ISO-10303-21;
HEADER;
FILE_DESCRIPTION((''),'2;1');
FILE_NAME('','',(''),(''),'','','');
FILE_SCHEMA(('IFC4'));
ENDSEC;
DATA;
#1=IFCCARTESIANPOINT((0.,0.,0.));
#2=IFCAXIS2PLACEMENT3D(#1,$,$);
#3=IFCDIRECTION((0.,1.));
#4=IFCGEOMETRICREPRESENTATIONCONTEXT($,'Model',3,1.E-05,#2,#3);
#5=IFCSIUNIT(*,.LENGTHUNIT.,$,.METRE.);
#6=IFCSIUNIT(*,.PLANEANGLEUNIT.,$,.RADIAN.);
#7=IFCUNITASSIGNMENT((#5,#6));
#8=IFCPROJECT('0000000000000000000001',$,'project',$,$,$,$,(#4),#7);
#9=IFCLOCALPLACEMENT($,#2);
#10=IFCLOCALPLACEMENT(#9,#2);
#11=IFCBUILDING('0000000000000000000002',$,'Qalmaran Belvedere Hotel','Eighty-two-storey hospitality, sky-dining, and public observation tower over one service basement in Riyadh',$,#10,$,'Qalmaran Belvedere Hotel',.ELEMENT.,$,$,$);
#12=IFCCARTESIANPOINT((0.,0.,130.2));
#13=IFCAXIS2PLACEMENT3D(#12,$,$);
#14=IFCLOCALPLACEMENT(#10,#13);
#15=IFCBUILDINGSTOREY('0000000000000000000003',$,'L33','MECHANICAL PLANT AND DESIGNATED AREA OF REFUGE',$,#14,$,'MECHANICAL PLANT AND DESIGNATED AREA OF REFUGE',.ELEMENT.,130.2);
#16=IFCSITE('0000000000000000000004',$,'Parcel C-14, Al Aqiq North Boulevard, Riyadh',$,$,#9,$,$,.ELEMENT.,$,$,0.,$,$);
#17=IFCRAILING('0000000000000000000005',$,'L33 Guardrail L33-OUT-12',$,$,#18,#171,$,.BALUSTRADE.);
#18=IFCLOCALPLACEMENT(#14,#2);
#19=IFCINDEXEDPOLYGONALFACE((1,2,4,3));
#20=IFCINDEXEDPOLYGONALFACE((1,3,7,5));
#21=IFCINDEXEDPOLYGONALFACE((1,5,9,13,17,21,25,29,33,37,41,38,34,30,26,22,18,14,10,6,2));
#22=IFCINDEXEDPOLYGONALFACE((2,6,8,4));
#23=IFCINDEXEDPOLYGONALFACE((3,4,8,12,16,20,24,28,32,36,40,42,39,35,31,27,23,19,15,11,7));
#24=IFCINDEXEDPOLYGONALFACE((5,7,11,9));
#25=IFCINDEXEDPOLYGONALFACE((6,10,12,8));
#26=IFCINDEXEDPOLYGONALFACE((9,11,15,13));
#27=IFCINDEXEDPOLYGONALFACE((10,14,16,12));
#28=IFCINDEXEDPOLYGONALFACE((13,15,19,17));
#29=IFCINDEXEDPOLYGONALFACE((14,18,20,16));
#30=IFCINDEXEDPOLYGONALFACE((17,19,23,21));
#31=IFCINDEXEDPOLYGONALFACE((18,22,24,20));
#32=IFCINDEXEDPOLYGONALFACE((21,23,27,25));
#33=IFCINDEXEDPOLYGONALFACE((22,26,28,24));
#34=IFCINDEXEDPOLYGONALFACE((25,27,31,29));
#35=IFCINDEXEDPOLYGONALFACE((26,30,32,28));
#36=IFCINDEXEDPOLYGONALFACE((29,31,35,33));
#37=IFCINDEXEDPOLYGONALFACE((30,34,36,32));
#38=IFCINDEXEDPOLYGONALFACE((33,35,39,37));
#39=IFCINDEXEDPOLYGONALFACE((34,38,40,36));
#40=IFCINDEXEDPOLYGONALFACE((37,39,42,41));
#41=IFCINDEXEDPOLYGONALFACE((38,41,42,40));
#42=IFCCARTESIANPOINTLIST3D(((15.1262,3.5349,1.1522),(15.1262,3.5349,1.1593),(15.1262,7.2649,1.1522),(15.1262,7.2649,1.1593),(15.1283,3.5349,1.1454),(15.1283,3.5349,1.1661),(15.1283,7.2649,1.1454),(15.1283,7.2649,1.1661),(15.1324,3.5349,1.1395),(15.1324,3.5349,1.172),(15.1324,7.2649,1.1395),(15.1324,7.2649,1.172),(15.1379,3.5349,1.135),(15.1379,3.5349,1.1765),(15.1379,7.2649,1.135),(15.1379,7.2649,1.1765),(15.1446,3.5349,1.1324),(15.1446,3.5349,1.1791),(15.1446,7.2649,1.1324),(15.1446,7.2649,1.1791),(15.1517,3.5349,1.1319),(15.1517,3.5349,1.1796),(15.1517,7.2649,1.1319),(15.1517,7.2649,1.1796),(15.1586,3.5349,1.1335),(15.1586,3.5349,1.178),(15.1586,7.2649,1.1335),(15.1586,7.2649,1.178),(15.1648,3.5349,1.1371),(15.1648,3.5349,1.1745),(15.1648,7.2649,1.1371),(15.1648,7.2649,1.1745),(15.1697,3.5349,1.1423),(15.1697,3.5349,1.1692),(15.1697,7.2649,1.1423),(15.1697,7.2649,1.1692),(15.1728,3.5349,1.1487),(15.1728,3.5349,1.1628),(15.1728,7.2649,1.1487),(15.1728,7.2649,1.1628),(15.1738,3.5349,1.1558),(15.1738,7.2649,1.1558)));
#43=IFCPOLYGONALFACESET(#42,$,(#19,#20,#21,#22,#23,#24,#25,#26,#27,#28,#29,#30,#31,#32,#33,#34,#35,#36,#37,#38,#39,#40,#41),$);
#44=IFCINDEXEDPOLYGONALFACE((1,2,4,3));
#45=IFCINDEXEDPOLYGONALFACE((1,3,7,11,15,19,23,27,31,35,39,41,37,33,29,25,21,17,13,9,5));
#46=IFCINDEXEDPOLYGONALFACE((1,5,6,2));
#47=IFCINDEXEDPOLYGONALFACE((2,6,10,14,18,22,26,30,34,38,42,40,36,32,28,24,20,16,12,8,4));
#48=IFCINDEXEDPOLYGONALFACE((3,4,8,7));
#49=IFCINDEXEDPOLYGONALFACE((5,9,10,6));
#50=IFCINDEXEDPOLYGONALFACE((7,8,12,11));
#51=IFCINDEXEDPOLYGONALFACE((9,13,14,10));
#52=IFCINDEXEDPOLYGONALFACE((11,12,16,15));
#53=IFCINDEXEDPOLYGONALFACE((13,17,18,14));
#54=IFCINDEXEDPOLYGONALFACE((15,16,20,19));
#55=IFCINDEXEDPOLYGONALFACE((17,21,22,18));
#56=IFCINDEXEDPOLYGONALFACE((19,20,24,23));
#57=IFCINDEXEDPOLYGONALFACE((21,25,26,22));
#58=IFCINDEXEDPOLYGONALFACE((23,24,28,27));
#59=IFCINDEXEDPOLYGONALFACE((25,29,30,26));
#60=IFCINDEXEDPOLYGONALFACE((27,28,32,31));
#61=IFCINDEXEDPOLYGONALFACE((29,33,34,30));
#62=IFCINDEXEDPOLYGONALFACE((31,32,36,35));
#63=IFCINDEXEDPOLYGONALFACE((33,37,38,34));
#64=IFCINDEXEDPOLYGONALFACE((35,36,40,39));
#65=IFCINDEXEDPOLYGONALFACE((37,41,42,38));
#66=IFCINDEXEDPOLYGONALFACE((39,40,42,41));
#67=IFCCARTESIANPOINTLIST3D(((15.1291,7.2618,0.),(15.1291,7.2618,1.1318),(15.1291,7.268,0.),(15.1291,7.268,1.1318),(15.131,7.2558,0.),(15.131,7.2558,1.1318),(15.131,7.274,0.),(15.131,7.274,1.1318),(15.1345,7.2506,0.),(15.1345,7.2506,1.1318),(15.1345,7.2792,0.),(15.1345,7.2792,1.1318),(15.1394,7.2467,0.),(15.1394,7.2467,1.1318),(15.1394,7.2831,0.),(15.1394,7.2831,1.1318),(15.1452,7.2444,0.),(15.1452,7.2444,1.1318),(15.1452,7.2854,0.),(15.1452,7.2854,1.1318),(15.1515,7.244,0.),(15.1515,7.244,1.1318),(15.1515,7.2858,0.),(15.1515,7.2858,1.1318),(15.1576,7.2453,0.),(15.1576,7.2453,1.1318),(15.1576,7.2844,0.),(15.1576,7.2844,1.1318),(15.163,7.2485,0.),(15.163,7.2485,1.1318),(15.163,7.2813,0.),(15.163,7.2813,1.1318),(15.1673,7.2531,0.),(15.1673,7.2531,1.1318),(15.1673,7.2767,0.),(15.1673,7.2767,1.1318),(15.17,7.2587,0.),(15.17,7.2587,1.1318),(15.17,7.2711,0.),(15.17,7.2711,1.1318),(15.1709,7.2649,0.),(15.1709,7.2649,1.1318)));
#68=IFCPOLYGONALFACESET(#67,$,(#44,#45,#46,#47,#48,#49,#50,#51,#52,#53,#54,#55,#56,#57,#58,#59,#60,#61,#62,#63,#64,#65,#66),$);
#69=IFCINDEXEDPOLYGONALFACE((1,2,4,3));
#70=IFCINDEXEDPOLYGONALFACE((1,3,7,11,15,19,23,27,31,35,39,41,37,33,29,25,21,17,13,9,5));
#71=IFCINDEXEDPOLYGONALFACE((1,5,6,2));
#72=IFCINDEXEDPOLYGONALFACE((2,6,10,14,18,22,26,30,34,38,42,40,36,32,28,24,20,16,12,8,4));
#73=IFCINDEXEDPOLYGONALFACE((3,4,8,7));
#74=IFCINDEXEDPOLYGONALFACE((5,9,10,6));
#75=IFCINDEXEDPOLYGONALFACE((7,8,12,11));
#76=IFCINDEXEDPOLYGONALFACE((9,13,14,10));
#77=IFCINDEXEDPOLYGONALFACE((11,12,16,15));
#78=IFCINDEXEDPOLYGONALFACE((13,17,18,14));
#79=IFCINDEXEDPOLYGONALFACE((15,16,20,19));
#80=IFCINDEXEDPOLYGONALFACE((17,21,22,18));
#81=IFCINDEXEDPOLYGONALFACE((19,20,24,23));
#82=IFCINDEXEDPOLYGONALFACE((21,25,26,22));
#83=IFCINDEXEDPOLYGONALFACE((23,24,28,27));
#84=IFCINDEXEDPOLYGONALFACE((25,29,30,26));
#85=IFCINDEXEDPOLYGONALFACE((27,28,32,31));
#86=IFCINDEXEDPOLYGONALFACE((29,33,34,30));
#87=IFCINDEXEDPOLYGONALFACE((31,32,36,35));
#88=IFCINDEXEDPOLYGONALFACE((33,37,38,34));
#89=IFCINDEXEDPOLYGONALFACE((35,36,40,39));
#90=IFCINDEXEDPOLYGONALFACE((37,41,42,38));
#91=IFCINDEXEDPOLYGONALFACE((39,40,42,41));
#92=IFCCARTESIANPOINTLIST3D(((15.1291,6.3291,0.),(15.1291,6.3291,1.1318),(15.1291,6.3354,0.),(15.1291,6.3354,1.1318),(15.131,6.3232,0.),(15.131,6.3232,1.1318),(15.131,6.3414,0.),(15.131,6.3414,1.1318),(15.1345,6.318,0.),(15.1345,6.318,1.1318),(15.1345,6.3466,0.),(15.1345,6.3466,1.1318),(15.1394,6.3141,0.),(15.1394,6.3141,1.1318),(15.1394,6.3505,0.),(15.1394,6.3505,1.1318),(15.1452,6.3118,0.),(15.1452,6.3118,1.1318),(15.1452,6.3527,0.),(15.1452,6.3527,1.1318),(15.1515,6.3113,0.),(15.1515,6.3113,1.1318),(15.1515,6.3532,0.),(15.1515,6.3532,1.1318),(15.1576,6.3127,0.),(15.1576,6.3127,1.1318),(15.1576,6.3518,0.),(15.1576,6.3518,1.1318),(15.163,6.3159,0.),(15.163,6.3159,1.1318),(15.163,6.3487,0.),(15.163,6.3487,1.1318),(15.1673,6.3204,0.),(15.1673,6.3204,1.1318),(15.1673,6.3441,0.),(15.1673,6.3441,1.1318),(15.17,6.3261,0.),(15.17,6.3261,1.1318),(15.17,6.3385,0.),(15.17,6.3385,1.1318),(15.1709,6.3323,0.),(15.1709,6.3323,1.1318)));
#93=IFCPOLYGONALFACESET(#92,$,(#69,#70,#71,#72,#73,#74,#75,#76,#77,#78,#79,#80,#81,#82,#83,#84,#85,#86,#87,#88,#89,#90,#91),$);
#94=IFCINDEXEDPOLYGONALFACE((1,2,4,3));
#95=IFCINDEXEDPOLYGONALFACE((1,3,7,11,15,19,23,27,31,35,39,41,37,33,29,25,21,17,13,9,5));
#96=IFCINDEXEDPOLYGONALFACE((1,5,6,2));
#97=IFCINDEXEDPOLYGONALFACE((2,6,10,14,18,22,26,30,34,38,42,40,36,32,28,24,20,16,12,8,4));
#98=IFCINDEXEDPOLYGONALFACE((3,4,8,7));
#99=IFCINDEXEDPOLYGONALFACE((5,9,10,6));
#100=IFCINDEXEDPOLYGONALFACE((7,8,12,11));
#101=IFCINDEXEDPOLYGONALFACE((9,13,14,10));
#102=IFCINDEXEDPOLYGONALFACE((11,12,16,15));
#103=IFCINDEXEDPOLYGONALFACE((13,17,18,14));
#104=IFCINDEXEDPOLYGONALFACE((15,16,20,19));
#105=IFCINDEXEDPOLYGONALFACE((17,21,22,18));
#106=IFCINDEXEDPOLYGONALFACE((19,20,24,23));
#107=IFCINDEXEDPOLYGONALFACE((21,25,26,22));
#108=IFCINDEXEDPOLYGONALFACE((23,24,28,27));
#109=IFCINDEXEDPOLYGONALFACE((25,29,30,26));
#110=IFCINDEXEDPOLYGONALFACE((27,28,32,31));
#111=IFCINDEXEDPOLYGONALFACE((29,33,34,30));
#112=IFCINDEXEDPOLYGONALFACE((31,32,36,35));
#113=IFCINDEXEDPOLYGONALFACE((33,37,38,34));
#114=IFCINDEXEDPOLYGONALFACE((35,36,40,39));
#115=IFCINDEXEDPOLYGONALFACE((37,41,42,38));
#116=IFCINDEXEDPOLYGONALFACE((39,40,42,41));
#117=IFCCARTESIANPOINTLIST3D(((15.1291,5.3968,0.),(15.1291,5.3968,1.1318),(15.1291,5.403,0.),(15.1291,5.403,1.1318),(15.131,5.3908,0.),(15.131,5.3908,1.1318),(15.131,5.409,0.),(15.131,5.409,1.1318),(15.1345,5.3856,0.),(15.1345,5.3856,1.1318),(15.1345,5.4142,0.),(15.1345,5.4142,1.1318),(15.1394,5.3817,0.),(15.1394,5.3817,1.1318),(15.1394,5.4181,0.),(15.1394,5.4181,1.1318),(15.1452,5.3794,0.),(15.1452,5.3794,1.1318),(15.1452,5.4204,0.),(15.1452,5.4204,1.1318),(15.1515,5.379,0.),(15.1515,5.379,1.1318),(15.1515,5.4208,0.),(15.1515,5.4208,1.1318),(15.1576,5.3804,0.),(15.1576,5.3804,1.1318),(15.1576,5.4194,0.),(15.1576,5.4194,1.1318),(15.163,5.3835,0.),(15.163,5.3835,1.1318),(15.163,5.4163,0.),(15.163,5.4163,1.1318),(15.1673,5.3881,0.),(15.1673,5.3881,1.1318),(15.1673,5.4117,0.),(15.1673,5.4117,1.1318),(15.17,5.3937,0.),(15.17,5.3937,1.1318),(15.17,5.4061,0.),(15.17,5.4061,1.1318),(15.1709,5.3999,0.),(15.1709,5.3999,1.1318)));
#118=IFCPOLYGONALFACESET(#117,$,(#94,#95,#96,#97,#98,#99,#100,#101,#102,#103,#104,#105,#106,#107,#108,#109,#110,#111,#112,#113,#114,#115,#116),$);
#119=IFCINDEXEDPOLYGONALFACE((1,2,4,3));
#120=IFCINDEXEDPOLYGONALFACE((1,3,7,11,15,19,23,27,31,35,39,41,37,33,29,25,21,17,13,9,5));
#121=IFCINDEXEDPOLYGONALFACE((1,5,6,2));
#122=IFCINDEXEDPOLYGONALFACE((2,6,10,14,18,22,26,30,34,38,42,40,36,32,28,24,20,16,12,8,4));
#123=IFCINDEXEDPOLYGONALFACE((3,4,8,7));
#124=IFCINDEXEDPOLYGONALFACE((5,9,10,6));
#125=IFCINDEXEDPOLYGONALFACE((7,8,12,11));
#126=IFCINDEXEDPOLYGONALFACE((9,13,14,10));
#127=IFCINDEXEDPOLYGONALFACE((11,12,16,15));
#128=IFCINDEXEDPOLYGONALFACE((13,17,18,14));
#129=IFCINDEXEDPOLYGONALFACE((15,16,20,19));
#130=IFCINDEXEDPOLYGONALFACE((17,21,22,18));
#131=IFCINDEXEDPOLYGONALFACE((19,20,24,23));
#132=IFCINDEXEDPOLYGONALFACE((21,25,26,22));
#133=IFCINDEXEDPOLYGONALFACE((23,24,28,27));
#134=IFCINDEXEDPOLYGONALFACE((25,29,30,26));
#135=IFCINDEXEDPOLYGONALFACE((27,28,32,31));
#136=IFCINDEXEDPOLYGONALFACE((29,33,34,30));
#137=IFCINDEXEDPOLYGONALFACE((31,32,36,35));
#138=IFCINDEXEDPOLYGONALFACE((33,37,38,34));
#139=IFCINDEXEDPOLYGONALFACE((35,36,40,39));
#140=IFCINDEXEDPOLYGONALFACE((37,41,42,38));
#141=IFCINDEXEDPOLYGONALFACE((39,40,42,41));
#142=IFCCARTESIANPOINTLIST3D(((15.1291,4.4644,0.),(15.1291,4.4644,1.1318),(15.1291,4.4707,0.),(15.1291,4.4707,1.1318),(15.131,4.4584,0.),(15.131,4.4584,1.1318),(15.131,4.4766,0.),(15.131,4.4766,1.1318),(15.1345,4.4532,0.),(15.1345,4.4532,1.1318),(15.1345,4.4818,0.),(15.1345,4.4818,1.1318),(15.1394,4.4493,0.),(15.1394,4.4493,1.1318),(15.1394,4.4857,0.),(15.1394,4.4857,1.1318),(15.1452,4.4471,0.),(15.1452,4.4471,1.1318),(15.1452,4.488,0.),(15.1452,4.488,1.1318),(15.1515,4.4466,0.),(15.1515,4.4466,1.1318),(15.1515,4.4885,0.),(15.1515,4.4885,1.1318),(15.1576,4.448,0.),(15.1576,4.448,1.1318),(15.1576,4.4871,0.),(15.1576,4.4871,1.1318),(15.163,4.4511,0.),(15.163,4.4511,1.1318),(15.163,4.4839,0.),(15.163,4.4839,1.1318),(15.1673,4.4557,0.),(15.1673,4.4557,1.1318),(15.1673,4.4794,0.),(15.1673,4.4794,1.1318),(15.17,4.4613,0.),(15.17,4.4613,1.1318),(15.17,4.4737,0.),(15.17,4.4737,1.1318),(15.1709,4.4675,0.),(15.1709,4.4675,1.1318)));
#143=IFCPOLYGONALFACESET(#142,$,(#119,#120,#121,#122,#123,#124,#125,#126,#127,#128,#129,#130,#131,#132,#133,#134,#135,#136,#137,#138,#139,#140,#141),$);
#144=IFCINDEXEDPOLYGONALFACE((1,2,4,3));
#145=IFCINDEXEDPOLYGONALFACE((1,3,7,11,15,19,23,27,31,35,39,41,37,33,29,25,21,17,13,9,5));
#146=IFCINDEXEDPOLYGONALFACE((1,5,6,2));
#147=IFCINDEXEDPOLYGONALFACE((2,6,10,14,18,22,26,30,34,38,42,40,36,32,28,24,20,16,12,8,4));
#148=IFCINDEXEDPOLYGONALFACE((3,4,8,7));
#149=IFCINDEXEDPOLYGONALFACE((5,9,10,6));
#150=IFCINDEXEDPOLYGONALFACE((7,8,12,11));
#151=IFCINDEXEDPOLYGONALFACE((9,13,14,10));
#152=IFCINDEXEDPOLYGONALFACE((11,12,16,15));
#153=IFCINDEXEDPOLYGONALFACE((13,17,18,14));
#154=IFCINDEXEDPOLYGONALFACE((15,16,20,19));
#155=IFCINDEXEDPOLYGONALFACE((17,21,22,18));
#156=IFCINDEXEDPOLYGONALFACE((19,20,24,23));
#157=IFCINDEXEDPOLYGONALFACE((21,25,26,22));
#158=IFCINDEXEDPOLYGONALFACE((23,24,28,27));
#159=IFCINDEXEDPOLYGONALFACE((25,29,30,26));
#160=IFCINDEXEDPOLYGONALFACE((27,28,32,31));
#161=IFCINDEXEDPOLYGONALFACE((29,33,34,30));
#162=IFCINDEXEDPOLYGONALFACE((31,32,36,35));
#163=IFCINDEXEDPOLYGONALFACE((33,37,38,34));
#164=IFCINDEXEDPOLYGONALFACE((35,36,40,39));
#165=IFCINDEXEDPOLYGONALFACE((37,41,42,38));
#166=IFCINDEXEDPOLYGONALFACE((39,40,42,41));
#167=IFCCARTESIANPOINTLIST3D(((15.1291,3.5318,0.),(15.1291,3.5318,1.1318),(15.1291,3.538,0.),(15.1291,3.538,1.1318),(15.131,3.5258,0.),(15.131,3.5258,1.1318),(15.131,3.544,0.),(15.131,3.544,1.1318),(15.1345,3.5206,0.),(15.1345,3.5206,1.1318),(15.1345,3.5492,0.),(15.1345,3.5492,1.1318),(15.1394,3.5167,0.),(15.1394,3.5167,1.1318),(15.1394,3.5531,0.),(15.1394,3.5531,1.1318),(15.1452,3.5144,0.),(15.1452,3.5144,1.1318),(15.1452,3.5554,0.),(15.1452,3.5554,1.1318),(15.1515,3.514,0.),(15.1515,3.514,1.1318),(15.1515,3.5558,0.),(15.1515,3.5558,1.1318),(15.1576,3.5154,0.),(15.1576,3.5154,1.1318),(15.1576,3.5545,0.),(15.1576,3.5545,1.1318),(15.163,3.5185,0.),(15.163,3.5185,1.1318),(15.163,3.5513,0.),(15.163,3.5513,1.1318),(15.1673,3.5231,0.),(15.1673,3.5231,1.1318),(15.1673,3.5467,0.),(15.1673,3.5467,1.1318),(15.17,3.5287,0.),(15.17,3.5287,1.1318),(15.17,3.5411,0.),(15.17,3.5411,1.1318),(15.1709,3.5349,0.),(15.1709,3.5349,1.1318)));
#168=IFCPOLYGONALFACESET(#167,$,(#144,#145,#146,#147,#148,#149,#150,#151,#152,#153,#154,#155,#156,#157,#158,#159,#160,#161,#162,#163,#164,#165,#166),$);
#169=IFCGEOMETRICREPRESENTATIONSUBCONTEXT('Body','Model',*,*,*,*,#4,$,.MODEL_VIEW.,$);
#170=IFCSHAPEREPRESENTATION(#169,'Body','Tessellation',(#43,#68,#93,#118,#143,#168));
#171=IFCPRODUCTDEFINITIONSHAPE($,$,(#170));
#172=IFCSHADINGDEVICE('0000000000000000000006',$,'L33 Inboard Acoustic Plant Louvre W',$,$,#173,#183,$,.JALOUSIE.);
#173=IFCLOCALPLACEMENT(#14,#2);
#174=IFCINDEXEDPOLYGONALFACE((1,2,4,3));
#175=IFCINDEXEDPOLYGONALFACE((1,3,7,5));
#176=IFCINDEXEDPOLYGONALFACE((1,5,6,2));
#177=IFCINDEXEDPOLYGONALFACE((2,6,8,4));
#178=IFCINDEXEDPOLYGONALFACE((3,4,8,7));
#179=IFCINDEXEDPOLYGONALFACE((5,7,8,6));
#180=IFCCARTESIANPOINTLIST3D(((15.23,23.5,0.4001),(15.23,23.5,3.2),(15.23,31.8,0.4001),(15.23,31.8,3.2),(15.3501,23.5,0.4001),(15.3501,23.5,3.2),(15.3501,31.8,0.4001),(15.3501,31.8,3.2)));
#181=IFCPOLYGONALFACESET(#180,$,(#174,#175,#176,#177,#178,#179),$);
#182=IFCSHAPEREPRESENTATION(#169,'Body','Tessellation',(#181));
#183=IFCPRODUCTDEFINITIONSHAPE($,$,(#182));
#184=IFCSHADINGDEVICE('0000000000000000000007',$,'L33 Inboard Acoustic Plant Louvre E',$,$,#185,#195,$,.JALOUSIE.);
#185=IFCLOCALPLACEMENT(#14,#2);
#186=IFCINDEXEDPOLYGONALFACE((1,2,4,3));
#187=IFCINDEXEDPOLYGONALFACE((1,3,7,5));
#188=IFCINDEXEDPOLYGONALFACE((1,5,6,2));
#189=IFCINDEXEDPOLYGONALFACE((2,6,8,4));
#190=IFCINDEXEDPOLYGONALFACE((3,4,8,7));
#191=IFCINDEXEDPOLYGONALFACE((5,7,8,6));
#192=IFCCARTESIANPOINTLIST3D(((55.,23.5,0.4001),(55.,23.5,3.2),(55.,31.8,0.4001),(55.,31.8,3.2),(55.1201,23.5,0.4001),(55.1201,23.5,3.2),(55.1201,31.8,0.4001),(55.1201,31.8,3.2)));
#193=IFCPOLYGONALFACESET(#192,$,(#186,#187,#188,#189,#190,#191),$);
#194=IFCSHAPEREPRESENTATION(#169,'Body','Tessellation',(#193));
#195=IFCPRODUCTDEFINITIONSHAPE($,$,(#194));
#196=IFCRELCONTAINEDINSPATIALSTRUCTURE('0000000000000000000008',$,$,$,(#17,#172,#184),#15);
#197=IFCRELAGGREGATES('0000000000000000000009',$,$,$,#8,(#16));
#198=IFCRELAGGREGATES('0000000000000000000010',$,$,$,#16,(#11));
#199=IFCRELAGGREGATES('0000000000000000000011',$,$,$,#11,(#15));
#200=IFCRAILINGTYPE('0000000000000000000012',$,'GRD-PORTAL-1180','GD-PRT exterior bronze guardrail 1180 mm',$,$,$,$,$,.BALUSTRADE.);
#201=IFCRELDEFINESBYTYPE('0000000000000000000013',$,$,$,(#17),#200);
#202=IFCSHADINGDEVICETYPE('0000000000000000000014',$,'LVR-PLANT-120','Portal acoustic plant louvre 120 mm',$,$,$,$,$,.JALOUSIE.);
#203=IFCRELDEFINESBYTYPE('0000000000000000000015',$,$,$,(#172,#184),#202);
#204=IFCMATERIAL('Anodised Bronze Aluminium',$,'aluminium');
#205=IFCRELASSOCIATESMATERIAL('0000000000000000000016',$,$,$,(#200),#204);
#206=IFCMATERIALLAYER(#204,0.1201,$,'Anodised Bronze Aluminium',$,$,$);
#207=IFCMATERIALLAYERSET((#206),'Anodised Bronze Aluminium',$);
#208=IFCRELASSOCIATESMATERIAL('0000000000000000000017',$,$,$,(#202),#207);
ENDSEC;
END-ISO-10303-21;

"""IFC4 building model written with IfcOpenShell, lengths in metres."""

from ifc_helpers import new_model, si_unit, direction, frame, origin, origin_2d, place, context, subcontext, project, spatial, polyline, circle, outline, extrude, material, layer, layer_set, type_object, element, save


model = new_model("IFC4")

# Units and contexts
model_context = context("Model", 3, precision=1e-05, world=origin(), true_north=direction((0.0, 1.0)))
body_context = subcontext(model_context, "Body", "Model", "MODEL_VIEW")
ifc_project = project(units=[si_unit("LENGTHUNIT", "METRE"), si_unit("PLANEANGLEUNIT", "RADIAN")], contexts=[model_context])

# Site, building, storey
site_placement = place(None, origin())
site = spatial("IfcSite", under=ifc_project, at=site_placement, Name="Parcel C-14, Al Aqiq North Boulevard, Riyadh", CompositionType="ELEMENT", RefElevation=0.0)
building_placement = place(site_placement, origin())
building = spatial("IfcBuilding", under=site, at=building_placement, Name="Qalmaran Belvedere Hotel", Description="Eighty-two-storey hospitality, sky-dining, and public observation tower over one service basement in Riyadh", LongName="Qalmaran Belvedere Hotel", CompositionType="ELEMENT")
storey_placement = place(building_placement, frame((0.0, 0.0, 130.2)))
storey = spatial("IfcBuildingStorey", under=building, at=storey_placement, Name="L33", Description="MECHANICAL PLANT AND DESIGNATED AREA OF REFUGE", LongName="MECHANICAL PLANT AND DESIGNATED AREA OF REFUGE", CompositionType="ELEMENT", Elevation=130.2)

# Railing
ifc_material_1 = material(Name="Anodised Bronze Aluminium", Category="aluminium")
railing_type = type_object("IfcRailingType", Name="GRD-PORTAL-1180", Description="GD-PRT exterior bronze guardrail 1180 mm", PredefinedType="BALUSTRADE", material=ifc_material_1)
railing_1_placement = place(storey_placement, frame((15.1499, 7.2649, 0.0)))
element("IfcRailing", 1, at=railing_1_placement, inside=storey, type_object=railing_type, Name="L33 Guardrail L33-OUT-12", PredefinedType="BALUSTRADE", context=body_context, shape_type="SweptSolid", body=[
    extrude(circle(Radius=0.0239, at=origin_2d()), frame((0.0, 0.0, 1.1558), z_axis=(0.0, -1.0, 0.0), x_axis=(1.0, 0.0, 0.0)), (0.0, 0.0, 1.0), 3.73),
    extrude(circle(Radius=0.021, at=origin_2d()), origin(), (0.0, 0.0, 1.0), 1.1318),
    extrude(circle(Radius=0.021, at=origin_2d()), frame((0.0, -0.9326, 0.0)), (0.0, 0.0, 1.0), 1.1318),
    extrude(circle(Radius=0.021, at=origin_2d()), frame((0.0, -1.865, 0.0)), (0.0, 0.0, 1.0), 1.1318),
    extrude(circle(Radius=0.021, at=origin_2d()), frame((0.0, -2.7974, 0.0)), (0.0, 0.0, 1.0), 1.1318),
    extrude(circle(Radius=0.021, at=origin_2d()), frame((0.0, -3.73, 0.0)), (0.0, 0.0, 1.0), 1.1318),
])

# Shading devices
ifc_layer_1 = layer(ifc_material_1, 0.1201, Name="Anodised Bronze Aluminium")
ifc_layer_set_1 = layer_set([ifc_layer_1], Name="Anodised Bronze Aluminium")
shading_device_type = type_object("IfcShadingDeviceType", Name="LVR-PLANT-120", Description="Portal acoustic plant louvre 120 mm", PredefinedType="JALOUSIE", material=ifc_layer_set_1)
shading_device_1_placement = place(storey_placement, frame((0.0, 0.0, 0.4001)))
element("IfcShadingDevice", 2, at=shading_device_1_placement, inside=storey, type_object=shading_device_type, Name="L33 Inboard Acoustic Plant Louvre W", PredefinedType="JALOUSIE", context=body_context, shape_type="SweptSolid", body=[
    extrude(outline(polyline([(15.23, 23.5), (15.3501, 23.5), (15.3501, 31.8), (15.23, 31.8), (15.23, 23.5)])), origin(), (0.0, 0.0, 1.0), 2.7998),
])
shading_device_2_placement = place(storey_placement, frame((0.0, 0.0, 0.4001)))
element("IfcShadingDevice", 3, at=shading_device_2_placement, inside=storey, type_object=shading_device_type, Name="L33 Inboard Acoustic Plant Louvre E", PredefinedType="JALOUSIE", context=body_context, shape_type="SweptSolid", body=[
    extrude(outline(polyline([(55.0, 23.5), (55.1201, 23.5), (55.1201, 31.8), (55.0, 31.8), (55.0, 23.5)])), origin(), (0.0, 0.0, 1.0), 2.7998),
])

save(model, "model.ifc")
